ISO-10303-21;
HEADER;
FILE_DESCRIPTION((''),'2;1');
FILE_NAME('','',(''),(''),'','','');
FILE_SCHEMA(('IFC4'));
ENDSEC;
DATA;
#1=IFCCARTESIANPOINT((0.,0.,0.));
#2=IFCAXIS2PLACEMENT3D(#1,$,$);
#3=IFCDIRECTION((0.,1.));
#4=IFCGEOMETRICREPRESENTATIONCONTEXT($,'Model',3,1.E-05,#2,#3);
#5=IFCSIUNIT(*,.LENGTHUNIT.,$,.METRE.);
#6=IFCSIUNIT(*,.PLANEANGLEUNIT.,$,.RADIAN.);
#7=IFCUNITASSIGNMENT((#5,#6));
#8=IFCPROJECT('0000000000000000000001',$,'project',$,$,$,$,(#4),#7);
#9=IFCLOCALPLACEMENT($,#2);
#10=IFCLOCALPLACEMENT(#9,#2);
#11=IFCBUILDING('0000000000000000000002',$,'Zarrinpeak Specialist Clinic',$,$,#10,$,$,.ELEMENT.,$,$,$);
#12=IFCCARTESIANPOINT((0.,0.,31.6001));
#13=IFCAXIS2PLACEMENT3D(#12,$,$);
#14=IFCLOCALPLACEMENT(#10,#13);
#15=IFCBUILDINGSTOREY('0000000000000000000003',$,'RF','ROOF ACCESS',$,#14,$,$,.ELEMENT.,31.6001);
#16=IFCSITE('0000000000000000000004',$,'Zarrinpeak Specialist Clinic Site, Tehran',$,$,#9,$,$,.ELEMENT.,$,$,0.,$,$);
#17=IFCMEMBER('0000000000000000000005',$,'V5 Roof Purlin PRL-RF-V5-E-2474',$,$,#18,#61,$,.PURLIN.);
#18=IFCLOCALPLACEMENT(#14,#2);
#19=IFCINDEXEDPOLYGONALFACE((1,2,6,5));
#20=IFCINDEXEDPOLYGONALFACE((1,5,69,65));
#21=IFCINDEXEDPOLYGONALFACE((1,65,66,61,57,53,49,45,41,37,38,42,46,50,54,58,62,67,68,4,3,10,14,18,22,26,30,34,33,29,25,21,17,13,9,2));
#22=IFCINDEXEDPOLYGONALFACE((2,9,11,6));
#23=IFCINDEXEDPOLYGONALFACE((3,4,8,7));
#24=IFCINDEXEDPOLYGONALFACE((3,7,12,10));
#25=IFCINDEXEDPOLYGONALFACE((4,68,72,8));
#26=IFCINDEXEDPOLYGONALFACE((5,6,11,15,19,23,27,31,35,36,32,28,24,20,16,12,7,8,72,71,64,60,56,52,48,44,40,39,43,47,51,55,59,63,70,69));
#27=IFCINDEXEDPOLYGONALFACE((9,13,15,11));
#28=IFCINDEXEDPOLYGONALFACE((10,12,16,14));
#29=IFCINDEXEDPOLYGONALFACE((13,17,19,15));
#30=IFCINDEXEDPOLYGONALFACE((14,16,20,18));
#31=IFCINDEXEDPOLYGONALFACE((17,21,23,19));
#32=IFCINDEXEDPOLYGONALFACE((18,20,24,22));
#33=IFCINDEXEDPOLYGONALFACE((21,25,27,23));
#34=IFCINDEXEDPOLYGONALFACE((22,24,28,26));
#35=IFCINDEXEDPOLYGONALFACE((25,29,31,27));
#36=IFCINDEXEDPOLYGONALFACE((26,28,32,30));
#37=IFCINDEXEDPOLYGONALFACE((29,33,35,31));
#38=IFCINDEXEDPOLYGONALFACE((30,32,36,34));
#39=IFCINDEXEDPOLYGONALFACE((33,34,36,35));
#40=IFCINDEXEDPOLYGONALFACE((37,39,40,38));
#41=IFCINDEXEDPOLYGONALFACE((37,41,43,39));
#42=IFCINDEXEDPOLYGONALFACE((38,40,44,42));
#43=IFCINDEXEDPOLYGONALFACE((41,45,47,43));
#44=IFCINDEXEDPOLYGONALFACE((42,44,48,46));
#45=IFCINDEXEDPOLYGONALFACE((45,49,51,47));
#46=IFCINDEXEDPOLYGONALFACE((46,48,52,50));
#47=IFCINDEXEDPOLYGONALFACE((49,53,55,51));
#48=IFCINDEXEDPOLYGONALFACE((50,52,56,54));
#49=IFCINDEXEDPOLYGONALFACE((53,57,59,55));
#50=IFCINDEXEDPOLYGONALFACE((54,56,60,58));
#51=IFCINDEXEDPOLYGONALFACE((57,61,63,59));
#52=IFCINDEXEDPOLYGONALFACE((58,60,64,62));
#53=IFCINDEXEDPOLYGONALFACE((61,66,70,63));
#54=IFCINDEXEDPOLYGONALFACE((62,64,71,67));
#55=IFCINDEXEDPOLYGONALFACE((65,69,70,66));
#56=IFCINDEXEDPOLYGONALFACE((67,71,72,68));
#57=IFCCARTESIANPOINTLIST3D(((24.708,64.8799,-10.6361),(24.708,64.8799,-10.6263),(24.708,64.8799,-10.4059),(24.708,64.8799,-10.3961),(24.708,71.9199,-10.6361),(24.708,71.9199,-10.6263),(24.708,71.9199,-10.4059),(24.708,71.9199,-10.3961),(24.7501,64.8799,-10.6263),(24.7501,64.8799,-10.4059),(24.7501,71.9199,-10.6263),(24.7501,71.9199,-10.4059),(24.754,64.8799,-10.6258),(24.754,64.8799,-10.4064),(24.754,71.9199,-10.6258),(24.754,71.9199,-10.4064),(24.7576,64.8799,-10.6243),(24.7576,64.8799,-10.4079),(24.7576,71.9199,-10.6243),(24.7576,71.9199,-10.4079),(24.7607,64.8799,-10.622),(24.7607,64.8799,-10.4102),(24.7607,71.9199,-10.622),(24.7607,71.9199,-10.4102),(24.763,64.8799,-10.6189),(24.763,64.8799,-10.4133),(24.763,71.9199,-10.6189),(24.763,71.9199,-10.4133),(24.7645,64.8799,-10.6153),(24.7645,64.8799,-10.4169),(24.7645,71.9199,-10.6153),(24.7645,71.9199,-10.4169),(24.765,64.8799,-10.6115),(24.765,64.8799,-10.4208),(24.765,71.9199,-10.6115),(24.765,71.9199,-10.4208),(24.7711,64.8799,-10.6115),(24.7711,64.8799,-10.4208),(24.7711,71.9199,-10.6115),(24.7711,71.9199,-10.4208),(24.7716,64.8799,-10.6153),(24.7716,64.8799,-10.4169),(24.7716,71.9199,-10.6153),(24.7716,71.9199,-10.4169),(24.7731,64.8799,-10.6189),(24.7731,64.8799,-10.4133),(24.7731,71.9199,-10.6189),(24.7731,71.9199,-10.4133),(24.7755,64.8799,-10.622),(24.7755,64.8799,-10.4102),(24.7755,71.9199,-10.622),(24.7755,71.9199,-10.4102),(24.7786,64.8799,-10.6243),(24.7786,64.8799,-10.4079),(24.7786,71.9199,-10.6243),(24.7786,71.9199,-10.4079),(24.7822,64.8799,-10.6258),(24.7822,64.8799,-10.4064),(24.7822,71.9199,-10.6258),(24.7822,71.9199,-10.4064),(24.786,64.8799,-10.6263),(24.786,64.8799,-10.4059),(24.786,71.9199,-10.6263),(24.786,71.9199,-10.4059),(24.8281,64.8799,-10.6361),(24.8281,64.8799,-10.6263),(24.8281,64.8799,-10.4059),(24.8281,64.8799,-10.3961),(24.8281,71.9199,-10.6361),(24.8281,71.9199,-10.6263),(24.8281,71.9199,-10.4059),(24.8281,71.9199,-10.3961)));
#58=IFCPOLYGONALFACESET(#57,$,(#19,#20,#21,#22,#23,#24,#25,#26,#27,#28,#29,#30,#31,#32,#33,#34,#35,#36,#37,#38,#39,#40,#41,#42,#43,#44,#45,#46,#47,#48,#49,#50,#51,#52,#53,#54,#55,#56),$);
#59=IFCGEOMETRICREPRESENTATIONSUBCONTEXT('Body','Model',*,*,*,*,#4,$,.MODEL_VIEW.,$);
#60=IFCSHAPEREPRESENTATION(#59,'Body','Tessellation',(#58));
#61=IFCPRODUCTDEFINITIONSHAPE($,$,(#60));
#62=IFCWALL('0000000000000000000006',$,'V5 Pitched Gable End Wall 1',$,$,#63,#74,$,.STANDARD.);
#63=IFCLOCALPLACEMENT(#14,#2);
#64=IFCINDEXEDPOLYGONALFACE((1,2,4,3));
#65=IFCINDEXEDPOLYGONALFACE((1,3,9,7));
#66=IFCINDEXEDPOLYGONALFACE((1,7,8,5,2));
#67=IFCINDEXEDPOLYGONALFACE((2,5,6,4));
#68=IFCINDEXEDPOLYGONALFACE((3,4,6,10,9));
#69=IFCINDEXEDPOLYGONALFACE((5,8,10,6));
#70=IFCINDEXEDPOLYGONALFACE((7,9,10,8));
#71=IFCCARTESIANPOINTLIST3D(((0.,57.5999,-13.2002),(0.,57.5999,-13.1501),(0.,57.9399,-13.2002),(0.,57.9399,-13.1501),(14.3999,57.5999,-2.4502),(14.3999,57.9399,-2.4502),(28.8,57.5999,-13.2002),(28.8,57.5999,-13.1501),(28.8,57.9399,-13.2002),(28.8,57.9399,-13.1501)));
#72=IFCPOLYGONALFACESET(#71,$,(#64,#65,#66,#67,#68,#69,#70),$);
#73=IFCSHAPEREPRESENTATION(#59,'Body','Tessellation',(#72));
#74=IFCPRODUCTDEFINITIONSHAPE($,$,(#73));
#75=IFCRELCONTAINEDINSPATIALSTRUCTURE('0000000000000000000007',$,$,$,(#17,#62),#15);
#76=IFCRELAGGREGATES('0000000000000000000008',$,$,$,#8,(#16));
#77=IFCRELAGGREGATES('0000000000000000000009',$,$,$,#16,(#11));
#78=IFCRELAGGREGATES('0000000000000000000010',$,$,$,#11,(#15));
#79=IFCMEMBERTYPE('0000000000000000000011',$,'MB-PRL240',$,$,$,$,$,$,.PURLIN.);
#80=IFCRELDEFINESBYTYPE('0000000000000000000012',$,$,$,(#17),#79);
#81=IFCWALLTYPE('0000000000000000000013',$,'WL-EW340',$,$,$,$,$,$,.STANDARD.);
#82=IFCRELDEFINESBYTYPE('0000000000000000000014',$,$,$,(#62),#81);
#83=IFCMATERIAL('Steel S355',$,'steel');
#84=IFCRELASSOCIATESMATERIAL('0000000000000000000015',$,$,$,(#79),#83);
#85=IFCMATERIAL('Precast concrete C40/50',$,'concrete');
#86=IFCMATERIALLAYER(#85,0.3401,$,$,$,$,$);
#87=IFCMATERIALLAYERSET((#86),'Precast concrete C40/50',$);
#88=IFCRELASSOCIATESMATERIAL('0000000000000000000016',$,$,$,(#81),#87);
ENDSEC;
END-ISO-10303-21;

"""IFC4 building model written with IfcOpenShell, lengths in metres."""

from ifc_helpers import new_model, si_unit, direction, frame, origin, origin_2d, place, context, subcontext, project, spatial, polyline, i_section, outline, extrude, material, layer, layer_set, material_profile, profile_set, type_object, element, save


model = new_model("IFC4")

# Units and contexts
model_context = context("Model", 3, precision=1e-05, world=origin(), true_north=direction((0.0, 1.0)))
body_context = subcontext(model_context, "Body", "Model", "MODEL_VIEW")
ifc_project = project(units=[si_unit("LENGTHUNIT", "METRE"), si_unit("PLANEANGLEUNIT", "RADIAN")], contexts=[model_context])

# Site, building, storey
site_placement = place(None, origin())
site = spatial("IfcSite", under=ifc_project, at=site_placement, Name="Zarrinpeak Specialist Clinic Site, Tehran", CompositionType="ELEMENT", RefElevation=0.0)
building_placement = place(site_placement, origin())
building = spatial("IfcBuilding", under=site, at=building_placement, Name="Zarrinpeak Specialist Clinic", CompositionType="ELEMENT")
storey_placement = place(building_placement, frame((0.0, 0.0, 31.6001)))
storey = spatial("IfcBuildingStorey", under=building, at=storey_placement, Name="RF", Description="ROOF ACCESS", CompositionType="ELEMENT", Elevation=31.6001)

# Shared definitions
ifc_material_1 = material(Name="Steel S355", Category="steel")

# Member
ifc_material_profile_1 = material_profile(ifc_material_1, i_section(OverallWidth=0.1201, OverallDepth=0.24, WebThickness=0.0061, FlangeThickness=0.0098, FilletRadius=0.0149, at=origin_2d()), Name="IPE 240")
ifc_profile_set_1 = profile_set([ifc_material_profile_1], Name="Steel S355")
member_type_1 = type_object("IfcMemberType", Name="MB-PRL240", PredefinedType="PURLIN", material=ifc_profile_set_1)
for number, where, z_axis, x_axis, name in (
    (1, (24.7681, 64.8799, -10.5161), (0.0, 1.0, 0.0), (-1.0, 0.0, 0.0), "V5 Roof Purlin PRL-RF-V5-E-2474"),
):
    element("IfcMember", number, at=place(storey_placement, frame(where, z_axis=z_axis, x_axis=x_axis)), inside=storey, type_object=member_type_1, Name=name, PredefinedType="PURLIN", context=body_context, shape_type="SweptSolid", body=[
        extrude(i_section(OverallWidth=0.1201, OverallDepth=0.24, WebThickness=0.0061, FlangeThickness=0.0098, FilletRadius=0.0149, at=origin_2d()), origin(), (0.0, 0.0, 1.0), 7.04),
    ])

# Wall
ifc_material_2 = material(Name="Precast concrete C40/50", Category="concrete")
ifc_layer = layer(ifc_material_2, 0.3401)
ifc_layer_set = layer_set([ifc_layer], Name="Precast concrete C40/50")
wall_type = type_object("IfcWallType", Name="WL-EW340", PredefinedType="STANDARD", material=ifc_layer_set)
wall_placement = place(storey_placement, frame((0.0, 57.77, -13.2002), z_axis=(0.0, 0.0, 1.0), x_axis=(1.0, 0.0, 0.0)))
element("IfcWall", 2, at=wall_placement, inside=storey, type_object=wall_type, Name="V5 Pitched Gable End Wall 1", PredefinedType="STANDARD", context=body_context, shape_type="SweptSolid", body=[
    extrude(outline(polyline([(0.0, 0.0), (28.8, 0.0), (28.8, 0.05), (14.3999, 10.75), (0.0, 0.05), (0.0, 0.0)])), frame((0.0, 0.1699, 0.0), z_axis=(0.0, -1.0, 0.0), x_axis=(1.0, 0.0, 0.0)), (0.0, 0.0, 1.0), 0.3401),
])

save(model, "model.ifc")
